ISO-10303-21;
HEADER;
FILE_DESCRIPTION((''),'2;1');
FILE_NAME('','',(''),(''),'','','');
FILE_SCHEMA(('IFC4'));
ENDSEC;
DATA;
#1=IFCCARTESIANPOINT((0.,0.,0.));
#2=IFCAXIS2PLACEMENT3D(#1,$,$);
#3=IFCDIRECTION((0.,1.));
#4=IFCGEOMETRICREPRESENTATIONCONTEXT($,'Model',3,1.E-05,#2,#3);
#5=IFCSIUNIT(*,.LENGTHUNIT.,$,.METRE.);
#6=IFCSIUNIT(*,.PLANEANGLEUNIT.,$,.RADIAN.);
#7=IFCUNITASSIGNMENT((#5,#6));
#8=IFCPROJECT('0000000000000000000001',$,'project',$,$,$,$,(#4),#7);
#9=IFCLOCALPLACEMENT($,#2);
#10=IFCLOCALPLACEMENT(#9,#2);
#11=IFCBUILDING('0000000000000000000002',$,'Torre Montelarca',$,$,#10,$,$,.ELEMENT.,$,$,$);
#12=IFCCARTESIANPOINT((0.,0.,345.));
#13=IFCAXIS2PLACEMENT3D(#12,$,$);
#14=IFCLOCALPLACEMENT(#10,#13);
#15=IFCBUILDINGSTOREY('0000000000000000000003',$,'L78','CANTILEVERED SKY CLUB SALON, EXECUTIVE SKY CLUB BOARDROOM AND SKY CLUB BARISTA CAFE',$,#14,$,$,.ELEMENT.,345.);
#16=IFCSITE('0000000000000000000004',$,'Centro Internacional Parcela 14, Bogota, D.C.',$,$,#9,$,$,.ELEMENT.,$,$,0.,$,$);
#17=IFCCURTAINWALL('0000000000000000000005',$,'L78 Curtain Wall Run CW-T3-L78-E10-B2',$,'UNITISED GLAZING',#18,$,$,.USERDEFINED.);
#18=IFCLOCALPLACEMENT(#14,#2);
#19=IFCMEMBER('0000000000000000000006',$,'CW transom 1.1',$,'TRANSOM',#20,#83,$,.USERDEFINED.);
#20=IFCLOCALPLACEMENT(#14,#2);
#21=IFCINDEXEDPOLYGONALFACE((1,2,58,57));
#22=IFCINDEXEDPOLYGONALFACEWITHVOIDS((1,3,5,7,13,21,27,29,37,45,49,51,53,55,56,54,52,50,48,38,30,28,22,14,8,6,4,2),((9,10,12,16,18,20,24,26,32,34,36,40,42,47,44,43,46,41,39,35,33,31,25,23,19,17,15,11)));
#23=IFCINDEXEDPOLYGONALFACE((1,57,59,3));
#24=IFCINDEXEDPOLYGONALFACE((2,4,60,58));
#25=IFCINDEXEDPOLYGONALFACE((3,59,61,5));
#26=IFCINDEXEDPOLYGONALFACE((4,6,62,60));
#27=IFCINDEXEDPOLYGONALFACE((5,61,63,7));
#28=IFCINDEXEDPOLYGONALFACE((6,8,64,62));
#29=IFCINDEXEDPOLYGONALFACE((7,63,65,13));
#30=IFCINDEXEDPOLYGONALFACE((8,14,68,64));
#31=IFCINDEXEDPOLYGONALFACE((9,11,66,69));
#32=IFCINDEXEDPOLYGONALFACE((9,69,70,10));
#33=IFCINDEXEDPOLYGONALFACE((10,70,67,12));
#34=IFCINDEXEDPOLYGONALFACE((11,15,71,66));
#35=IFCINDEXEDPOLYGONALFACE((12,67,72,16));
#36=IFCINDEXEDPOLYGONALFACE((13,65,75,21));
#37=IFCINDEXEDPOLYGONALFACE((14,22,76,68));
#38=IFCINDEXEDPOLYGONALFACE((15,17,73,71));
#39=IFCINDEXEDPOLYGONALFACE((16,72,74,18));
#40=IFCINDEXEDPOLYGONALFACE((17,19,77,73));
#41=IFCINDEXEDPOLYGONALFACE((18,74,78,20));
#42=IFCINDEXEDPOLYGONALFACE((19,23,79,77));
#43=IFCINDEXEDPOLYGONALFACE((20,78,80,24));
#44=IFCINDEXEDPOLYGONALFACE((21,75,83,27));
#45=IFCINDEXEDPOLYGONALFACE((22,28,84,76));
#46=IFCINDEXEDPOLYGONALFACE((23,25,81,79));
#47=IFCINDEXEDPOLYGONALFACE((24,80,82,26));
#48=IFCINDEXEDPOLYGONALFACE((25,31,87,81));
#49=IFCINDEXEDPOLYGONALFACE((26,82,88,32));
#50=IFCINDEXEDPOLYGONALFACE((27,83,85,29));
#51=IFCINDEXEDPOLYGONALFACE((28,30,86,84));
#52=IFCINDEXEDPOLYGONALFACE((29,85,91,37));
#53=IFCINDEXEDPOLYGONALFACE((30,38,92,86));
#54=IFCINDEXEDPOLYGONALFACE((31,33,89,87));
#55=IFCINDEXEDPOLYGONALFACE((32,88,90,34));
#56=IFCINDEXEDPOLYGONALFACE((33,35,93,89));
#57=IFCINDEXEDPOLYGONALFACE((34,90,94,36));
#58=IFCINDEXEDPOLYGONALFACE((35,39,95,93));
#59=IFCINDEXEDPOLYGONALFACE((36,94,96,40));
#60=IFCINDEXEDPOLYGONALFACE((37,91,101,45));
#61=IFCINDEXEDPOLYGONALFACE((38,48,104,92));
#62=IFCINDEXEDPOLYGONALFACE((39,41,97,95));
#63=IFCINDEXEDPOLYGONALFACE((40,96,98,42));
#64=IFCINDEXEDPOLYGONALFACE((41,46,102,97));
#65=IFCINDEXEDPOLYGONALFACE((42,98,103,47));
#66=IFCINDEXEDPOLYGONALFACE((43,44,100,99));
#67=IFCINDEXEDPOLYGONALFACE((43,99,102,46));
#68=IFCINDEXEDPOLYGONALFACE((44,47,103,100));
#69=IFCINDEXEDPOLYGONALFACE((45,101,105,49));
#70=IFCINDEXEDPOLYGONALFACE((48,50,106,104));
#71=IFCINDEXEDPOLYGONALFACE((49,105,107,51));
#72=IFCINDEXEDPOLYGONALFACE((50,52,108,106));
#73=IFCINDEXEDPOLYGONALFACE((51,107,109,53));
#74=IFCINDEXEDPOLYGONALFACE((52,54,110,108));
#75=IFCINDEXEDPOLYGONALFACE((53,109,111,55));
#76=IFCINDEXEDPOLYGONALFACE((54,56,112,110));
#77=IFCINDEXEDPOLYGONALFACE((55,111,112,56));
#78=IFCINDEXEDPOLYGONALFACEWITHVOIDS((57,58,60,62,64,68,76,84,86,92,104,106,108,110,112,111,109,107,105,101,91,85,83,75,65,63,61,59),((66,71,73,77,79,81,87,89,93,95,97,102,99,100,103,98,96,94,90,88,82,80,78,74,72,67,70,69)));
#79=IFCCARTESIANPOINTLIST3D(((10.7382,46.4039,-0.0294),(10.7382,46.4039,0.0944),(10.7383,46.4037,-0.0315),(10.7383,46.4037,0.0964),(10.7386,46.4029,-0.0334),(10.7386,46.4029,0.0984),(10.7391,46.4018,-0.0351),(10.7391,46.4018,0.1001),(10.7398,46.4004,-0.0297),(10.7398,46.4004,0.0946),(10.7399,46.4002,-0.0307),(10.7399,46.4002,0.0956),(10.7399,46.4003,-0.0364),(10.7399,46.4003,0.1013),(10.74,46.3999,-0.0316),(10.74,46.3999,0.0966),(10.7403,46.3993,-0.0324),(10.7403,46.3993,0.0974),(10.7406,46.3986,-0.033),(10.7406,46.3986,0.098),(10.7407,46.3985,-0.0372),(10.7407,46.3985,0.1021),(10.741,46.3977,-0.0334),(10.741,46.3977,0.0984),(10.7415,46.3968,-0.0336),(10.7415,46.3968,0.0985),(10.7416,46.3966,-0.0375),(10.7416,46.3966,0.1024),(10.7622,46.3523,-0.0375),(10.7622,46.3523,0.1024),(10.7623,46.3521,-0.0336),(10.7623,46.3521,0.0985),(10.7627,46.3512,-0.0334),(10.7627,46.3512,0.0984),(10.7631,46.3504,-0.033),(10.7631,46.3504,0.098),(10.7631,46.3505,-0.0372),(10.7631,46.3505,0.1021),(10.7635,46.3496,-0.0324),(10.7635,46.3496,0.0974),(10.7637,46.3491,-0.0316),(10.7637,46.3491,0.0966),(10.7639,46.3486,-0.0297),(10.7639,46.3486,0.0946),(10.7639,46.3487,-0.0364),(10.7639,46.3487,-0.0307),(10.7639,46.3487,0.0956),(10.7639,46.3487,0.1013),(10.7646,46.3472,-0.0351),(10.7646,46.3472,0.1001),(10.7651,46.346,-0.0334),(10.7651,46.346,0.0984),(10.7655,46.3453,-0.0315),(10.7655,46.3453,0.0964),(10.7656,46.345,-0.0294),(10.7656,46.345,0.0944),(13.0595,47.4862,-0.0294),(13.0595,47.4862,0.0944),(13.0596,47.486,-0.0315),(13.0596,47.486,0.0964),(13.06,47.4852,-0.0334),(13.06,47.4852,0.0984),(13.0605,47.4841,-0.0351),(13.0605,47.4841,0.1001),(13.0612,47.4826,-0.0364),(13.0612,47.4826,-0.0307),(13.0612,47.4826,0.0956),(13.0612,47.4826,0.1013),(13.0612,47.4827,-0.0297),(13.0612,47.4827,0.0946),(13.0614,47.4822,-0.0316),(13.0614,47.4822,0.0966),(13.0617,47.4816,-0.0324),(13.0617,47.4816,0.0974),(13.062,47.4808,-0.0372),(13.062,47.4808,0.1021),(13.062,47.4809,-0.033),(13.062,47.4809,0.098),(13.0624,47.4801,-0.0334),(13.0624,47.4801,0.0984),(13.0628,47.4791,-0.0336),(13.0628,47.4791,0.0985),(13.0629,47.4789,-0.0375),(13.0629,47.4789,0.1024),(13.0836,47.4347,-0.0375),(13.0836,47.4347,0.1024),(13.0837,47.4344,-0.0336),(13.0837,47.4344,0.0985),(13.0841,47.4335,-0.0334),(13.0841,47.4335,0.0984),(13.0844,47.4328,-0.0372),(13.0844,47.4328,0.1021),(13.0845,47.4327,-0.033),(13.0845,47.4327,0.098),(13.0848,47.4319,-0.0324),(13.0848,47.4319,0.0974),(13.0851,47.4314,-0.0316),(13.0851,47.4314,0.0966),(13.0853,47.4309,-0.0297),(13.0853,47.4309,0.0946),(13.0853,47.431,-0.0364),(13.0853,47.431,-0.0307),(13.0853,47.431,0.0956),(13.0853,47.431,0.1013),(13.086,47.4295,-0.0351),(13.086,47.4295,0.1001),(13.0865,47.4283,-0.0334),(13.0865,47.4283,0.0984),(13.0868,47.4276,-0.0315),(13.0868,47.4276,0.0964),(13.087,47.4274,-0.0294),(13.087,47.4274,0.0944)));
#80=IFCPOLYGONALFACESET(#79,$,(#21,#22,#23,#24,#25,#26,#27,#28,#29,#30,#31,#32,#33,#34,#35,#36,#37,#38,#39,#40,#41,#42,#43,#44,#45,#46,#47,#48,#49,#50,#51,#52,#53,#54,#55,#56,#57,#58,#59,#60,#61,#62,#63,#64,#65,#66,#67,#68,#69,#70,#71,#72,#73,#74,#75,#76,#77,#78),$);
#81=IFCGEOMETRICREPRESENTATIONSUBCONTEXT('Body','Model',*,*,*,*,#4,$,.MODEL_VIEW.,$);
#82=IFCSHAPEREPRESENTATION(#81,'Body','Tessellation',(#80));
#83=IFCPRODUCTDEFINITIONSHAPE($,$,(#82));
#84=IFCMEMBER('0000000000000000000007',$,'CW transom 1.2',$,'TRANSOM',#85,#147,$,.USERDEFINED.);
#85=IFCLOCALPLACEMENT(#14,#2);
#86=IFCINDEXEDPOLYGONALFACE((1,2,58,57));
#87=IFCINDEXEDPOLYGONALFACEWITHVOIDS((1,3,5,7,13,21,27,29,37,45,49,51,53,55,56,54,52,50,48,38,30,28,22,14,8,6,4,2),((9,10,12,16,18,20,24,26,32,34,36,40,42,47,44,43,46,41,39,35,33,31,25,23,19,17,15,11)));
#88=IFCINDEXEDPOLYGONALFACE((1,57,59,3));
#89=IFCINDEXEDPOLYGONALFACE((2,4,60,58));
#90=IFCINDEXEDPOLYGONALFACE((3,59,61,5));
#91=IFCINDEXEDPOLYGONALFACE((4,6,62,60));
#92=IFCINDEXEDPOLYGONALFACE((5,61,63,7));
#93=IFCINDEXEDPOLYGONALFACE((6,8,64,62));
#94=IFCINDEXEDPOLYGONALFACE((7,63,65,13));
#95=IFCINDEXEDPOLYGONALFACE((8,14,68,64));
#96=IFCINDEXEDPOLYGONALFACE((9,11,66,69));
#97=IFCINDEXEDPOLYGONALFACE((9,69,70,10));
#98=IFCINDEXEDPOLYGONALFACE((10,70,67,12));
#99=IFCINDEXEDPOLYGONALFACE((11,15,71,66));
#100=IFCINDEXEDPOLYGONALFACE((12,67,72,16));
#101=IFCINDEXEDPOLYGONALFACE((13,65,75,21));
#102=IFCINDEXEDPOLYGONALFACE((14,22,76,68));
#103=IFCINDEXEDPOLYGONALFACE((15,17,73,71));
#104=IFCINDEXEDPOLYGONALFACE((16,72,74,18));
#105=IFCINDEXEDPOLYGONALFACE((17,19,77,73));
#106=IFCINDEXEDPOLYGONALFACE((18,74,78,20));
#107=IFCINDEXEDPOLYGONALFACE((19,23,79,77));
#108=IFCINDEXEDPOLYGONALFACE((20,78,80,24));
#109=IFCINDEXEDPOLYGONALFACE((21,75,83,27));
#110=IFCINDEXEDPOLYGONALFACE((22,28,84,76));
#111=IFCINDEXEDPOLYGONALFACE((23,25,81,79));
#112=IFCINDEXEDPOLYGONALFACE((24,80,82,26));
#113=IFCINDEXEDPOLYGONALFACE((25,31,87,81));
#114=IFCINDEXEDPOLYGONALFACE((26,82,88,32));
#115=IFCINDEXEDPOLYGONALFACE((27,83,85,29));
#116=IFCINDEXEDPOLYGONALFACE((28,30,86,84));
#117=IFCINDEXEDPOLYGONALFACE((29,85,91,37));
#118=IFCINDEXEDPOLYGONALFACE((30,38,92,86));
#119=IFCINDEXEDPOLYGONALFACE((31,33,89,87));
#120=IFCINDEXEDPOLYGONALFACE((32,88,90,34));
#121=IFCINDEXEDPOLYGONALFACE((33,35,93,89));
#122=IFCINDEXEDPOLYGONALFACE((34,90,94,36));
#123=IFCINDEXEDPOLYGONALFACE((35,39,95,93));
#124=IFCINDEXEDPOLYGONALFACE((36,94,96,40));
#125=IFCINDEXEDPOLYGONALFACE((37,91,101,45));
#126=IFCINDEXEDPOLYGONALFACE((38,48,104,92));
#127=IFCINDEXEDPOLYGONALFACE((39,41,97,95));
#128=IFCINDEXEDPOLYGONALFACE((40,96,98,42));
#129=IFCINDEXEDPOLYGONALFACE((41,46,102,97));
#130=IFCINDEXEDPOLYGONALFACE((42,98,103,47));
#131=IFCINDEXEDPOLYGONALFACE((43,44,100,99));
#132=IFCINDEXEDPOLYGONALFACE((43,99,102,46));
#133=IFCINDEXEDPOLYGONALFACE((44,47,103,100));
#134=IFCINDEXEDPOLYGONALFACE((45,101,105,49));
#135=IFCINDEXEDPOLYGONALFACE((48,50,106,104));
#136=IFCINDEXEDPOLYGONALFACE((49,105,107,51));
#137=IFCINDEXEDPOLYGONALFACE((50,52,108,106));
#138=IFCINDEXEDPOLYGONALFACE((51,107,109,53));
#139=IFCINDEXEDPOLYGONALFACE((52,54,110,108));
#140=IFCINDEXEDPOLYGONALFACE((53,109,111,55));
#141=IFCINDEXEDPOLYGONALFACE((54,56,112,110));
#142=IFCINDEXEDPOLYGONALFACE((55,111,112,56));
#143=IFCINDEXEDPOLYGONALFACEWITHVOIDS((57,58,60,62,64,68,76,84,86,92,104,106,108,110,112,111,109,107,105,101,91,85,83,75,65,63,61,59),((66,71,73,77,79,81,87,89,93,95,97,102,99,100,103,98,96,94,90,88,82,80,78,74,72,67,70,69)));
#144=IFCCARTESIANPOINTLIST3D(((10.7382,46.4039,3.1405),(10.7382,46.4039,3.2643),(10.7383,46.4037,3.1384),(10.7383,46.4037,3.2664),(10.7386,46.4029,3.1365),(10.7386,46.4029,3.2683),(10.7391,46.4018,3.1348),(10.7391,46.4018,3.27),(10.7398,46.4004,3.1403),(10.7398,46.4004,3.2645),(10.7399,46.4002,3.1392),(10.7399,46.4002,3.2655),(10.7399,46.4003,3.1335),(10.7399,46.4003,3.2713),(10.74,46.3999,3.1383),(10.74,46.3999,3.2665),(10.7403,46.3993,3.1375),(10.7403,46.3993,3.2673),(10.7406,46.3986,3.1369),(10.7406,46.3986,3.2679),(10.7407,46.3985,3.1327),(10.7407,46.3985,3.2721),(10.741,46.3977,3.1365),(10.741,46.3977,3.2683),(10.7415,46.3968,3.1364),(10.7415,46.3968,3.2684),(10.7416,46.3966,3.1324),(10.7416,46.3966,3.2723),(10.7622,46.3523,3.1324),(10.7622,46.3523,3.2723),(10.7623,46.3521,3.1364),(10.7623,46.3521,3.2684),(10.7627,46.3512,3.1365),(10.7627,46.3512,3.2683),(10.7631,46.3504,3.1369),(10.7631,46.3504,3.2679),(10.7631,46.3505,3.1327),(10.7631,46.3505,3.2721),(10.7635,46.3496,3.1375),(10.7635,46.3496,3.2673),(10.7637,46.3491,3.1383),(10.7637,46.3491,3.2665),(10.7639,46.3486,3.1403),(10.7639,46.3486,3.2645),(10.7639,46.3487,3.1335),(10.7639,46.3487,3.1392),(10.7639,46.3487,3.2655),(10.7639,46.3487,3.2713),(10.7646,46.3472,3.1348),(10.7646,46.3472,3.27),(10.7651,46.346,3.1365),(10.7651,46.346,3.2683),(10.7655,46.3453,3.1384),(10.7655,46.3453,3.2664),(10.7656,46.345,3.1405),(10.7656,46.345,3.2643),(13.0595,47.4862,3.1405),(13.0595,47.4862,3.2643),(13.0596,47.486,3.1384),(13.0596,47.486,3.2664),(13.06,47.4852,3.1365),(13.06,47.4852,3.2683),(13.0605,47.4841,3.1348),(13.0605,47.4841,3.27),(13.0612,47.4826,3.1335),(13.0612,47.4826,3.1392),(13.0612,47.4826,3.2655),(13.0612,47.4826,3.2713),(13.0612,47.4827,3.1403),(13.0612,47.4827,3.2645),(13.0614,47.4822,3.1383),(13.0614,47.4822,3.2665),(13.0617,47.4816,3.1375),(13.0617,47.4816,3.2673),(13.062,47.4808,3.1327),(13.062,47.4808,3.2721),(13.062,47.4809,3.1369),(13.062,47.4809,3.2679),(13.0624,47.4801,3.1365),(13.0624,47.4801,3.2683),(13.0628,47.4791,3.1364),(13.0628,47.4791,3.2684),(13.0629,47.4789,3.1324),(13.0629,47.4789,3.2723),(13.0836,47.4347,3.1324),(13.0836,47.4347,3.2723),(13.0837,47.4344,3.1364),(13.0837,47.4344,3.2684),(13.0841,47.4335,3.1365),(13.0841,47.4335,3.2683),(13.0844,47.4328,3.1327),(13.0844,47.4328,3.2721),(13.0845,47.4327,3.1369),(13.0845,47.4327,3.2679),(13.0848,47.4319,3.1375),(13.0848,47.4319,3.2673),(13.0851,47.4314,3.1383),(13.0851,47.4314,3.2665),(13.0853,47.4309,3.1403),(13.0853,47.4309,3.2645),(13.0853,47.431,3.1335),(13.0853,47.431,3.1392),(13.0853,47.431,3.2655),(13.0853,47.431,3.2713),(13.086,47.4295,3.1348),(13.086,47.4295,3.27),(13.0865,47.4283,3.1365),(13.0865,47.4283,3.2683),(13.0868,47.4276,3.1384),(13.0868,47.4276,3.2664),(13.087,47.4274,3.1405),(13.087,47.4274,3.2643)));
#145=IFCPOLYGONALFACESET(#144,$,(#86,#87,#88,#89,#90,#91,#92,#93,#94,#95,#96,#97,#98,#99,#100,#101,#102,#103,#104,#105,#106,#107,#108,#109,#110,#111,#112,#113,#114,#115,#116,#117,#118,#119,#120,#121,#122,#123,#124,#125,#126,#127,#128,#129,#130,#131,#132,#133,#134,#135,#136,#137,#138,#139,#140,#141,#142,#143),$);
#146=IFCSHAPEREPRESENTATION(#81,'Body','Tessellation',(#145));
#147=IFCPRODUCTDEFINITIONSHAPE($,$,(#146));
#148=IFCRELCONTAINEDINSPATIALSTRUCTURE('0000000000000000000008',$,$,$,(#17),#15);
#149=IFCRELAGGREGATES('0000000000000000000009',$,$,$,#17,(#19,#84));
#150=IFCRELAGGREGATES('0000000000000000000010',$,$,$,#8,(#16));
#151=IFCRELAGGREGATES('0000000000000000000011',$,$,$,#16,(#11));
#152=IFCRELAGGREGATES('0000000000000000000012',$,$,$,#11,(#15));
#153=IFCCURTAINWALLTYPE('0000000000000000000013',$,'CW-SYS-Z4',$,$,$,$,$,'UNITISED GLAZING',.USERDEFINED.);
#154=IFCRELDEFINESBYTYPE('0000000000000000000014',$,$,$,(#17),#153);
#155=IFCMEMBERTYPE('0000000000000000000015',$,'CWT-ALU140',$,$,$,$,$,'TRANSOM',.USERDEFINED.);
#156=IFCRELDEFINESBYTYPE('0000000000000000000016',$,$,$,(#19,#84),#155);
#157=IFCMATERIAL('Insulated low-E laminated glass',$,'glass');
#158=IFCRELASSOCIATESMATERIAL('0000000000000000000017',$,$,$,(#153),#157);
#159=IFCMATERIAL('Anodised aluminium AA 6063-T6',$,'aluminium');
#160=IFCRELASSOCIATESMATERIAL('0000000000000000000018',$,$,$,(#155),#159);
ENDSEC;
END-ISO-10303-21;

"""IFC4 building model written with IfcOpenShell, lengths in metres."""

from ifc_helpers import new_model, si_unit, direction, frame, origin, origin_2d, place, context, subcontext, project, spatial, hollow_rectangle, extrude, source, transform, mapped, material, material_profile, profile_set, type_object, element, aggregate, save


model = new_model("IFC4")

# Units and contexts
model_context = context("Model", 3, precision=1e-05, world=origin(), true_north=direction((0.0, 1.0)))
body_context = subcontext(model_context, "Body", "Model", "MODEL_VIEW")
ifc_project = project(units=[si_unit("LENGTHUNIT", "METRE"), si_unit("PLANEANGLEUNIT", "RADIAN")], contexts=[model_context])

# Site, building, storey
site_placement = place(None, origin())
site = spatial("IfcSite", under=ifc_project, at=site_placement, Name="Centro Internacional Parcela 14, Bogota, D.C.", CompositionType="ELEMENT", RefElevation=0.0)
building_placement = place(site_placement, origin())
building = spatial("IfcBuilding", under=site, at=building_placement, Name="Torre Montelarca", CompositionType="ELEMENT")
storey_placement = place(building_placement, frame((0.0, 0.0, 345.0)))
storey = spatial("IfcBuildingStorey", under=building, at=storey_placement, Name="L78", Description="CANTILEVERED SKY CLUB SALON, EXECUTIVE SKY CLUB BOARDROOM AND SKY CLUB BARISTA CAFE", CompositionType="ELEMENT", Elevation=345.0)

# Curtain wall
ifc_material_1 = material(Name="Insulated low-E laminated glass", Category="glass")
curtain_wall_type = type_object("IfcCurtainWallType", Name="CW-SYS-Z4", ElementType="UNITISED GLAZING", PredefinedType="USERDEFINED", material=ifc_material_1)
ifc_material_2 = material(Name="Anodised aluminium AA 6063-T6", Category="aluminium")
ifc_material_profile_1 = material_profile(ifc_material_2, hollow_rectangle(XDim=0.0649, YDim=0.1399, WallThickness=0.0039, InnerFilletRadius=0.0039, OuterFilletRadius=0.0081, at=origin_2d()), Name="ALU65X140X4", Category="aluminium")
ifc_profile_set_1 = profile_set([ifc_material_profile_1], Name="Anodised aluminium AA 6063-T6")
member_type_1 = type_object("IfcMemberType", Name="CWT-ALU140", ElementType="TRANSOM", PredefinedType="USERDEFINED", material=ifc_profile_set_1)
curtain_wall_1_placement = place(storey_placement, origin())
curtain_wall_1 = element("IfcCurtainWall", 1, at=curtain_wall_1_placement, inside=storey, type_object=curtain_wall_type, Name="L78 Curtain Wall Run CW-T3-L78-E10-B2", ObjectType="UNITISED GLAZING", PredefinedType="USERDEFINED")

# Members
shared_shape_1 = source(origin(), body_context, "Body", "SweptSolid", [
    extrude(hollow_rectangle(XDim=0.0649, YDim=0.1399, WallThickness=0.0039, InnerFilletRadius=0.0039, OuterFilletRadius=0.0081, at=origin_2d()), origin(), (0.0, 0.0, 1.0), 2.5613),
])
member_1_placement = place(storey_placement, frame((13.0732, 47.4568, 0.0325), z_axis=(-0.906332, -0.422567, 0.0), x_axis=(0.422567, -0.906332, 0.0)))
member_1 = element("IfcMember", 2, at=member_1_placement, type_object=member_type_1, Name="CW transom 1.1", ObjectType="TRANSOM", PredefinedType="USERDEFINED", context=body_context, shape_type="MappedRepresentation", body=[
    mapped(shared_shape_1, transform((0.0, 0.0, 0.0), scale=1.0)),
])
member_2_placement = place(storey_placement, frame((13.0732, 47.4568, 3.2024), z_axis=(-0.906332, -0.422567, 0.0), x_axis=(0.422567, -0.906332, 0.0)))
member_2 = element("IfcMember", 3, at=member_2_placement, type_object=member_type_1, Name="CW transom 1.2", ObjectType="TRANSOM", PredefinedType="USERDEFINED", context=body_context, shape_type="MappedRepresentation", body=[
    mapped(shared_shape_1, transform((0.0, 0.0, 0.0), scale=1.0)),
])

aggregate(curtain_wall_1, [member_1, member_2])

save(model, "model.ifc")
